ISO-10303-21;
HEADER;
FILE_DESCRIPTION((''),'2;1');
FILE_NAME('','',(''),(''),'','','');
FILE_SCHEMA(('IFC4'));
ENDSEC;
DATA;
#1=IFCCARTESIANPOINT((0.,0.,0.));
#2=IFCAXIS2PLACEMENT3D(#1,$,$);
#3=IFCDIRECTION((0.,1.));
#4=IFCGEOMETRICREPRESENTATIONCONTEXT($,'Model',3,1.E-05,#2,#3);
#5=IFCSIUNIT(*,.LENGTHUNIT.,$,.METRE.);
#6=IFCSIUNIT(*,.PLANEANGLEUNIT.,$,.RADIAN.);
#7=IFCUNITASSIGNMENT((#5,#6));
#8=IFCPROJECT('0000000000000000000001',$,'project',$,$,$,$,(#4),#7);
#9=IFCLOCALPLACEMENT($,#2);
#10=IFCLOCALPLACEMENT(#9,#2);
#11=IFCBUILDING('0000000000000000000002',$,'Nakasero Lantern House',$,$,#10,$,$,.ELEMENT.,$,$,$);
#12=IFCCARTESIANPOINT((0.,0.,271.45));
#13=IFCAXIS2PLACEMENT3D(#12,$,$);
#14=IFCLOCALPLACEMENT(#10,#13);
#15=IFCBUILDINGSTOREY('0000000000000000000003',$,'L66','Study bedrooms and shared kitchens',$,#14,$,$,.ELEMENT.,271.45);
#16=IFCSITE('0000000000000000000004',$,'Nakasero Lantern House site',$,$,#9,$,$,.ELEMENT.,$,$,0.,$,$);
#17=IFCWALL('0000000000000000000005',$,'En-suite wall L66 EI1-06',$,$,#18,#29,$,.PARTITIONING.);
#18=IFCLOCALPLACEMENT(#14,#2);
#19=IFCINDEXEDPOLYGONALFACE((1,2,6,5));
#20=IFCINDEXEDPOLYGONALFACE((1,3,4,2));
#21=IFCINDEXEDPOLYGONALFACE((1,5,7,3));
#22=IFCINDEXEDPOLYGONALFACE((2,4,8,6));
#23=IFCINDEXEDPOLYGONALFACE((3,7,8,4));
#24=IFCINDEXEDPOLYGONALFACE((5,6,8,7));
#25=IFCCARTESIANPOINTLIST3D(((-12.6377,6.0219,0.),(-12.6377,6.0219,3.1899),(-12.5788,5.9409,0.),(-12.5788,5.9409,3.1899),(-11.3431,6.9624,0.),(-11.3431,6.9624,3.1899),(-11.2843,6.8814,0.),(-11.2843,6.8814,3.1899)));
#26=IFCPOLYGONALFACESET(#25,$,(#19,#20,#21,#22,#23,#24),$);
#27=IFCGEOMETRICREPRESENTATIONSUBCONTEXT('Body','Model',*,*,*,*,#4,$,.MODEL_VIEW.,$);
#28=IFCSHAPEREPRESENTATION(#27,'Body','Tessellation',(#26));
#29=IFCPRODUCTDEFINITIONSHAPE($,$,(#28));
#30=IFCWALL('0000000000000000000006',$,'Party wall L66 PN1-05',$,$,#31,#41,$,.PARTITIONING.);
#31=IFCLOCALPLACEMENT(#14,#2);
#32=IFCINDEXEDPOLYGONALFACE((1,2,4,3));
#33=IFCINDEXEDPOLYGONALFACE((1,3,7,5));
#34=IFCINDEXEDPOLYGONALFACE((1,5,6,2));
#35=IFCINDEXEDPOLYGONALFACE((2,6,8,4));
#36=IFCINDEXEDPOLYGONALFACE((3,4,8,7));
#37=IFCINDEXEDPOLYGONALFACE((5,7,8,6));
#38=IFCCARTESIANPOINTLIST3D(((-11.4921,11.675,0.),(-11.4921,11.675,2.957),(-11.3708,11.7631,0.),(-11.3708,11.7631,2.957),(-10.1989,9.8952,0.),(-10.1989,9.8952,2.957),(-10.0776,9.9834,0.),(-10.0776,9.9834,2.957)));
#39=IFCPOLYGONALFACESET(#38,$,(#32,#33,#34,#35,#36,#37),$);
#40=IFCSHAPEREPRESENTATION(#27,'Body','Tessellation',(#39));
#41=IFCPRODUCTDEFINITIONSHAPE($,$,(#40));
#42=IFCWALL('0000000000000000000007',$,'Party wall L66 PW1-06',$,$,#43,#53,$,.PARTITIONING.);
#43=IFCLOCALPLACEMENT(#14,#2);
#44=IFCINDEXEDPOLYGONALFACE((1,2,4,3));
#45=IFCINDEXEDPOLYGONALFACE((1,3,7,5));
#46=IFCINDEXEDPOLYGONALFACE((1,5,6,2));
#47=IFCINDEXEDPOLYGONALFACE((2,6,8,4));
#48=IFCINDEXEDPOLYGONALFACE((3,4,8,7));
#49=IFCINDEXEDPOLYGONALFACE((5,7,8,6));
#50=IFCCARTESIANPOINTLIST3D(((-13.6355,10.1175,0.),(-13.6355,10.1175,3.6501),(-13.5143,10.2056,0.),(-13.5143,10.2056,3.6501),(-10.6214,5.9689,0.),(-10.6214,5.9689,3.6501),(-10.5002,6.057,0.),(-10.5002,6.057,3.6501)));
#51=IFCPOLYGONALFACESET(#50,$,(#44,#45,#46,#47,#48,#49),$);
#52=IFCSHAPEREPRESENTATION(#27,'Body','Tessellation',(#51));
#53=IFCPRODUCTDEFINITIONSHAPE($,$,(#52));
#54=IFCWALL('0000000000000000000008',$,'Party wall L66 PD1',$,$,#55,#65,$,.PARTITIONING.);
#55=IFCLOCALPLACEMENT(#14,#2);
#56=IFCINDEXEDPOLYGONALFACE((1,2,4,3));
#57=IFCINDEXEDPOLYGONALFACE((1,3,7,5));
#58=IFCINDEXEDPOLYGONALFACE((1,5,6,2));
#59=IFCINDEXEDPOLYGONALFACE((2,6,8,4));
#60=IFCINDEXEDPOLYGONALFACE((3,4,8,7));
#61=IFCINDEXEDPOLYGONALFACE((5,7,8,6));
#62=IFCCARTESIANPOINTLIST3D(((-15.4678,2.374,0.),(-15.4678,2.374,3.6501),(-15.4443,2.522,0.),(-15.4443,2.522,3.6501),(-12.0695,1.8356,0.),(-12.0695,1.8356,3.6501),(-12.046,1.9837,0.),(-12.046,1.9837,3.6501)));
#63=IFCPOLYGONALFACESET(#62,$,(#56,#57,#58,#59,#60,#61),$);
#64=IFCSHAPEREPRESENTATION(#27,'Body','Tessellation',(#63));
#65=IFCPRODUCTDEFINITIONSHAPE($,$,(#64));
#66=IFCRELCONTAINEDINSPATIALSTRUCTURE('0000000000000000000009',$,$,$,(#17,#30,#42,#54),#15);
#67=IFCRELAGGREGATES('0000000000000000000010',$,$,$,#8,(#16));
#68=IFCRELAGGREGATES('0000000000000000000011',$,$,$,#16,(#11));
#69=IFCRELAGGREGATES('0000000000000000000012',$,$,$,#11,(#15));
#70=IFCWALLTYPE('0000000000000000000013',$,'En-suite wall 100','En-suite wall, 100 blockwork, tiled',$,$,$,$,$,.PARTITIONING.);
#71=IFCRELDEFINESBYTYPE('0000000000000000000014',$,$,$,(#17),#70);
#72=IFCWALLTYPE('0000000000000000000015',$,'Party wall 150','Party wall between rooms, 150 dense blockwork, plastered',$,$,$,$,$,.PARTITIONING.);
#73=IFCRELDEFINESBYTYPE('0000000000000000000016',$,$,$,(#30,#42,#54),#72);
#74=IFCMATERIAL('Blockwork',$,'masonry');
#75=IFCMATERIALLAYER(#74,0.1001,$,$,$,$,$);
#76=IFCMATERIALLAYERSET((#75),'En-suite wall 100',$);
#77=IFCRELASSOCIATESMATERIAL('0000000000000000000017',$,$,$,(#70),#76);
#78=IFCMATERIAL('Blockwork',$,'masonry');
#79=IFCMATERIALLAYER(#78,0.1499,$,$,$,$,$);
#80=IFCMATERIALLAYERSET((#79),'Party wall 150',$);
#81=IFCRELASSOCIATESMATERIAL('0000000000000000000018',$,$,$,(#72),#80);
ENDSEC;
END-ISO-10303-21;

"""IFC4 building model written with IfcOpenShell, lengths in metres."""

from ifc_helpers import new_model, si_unit, direction, frame, frame_2d, origin, place, context, subcontext, project, spatial, rectangle, extrude, material, layer, layer_set, type_object, element, save


model = new_model("IFC4")

# Units and contexts
model_context = context("Model", 3, precision=1e-05, world=origin(), true_north=direction((0.0, 1.0)))
body_context = subcontext(model_context, "Body", "Model", "MODEL_VIEW")
ifc_project = project(units=[si_unit("LENGTHUNIT", "METRE"), si_unit("PLANEANGLEUNIT", "RADIAN")], contexts=[model_context])

# Site, building, storey
site_placement = place(None, origin())
site = spatial("IfcSite", under=ifc_project, at=site_placement, Name="Nakasero Lantern House site", CompositionType="ELEMENT", RefElevation=0.0)
building_placement = place(site_placement, origin())
building = spatial("IfcBuilding", under=site, at=building_placement, Name="Nakasero Lantern House", CompositionType="ELEMENT")
storey_placement = place(building_placement, frame((0.0, 0.0, 271.45)))
storey = spatial("IfcBuildingStorey", under=building, at=storey_placement, Name="L66", Description="Study bedrooms and shared kitchens", CompositionType="ELEMENT", Elevation=271.45)

# Shared definitions
ifc_material_1 = material(Name="Blockwork", Category="masonry")
ifc_layer_1 = layer(ifc_material_1, 0.1001)
ifc_layer_set_1 = layer_set([ifc_layer_1], Name="En-suite wall 100")
wall_type_1 = type_object("IfcWallType", Name="En-suite wall 100", Description="En-suite wall, 100 blockwork, tiled", PredefinedType="PARTITIONING", material=ifc_layer_set_1)

# Walls
wall_1_placement = place(storey_placement, frame((-11.3137, 6.9219, 0.0), z_axis=(0.0, 0.0, 1.0), x_axis=(-0.809026, -0.587772, 0.0)))
element("IfcWall", 1, at=wall_1_placement, inside=storey, type_object=wall_type_1, Name="En-suite wall L66 EI1-06", PredefinedType="PARTITIONING", context=body_context, shape_type="SweptSolid", body=[
    extrude(rectangle(XDim=1.6001, YDim=0.1001, at=frame_2d((0.8, 0.0))), origin(), (0.0, 0.0, 1.0), 3.1899),
])
ifc_material_2 = material(Name="Blockwork", Category="masonry")
ifc_layer_2 = layer(ifc_material_2, 0.1499)
ifc_layer_set_2 = layer_set([ifc_layer_2], Name="Party wall 150")
wall_type_2 = type_object("IfcWallType", Name="Party wall 150", Description="Party wall between rooms, 150 dense blockwork, plastered", PredefinedType="PARTITIONING", material=ifc_layer_set_2)
wall_2_placement = place(storey_placement, frame((-10.1382, 9.9392, 0.0), z_axis=(0.0, 0.0, 1.0), x_axis=(-0.587822, 0.80899, 0.0)))
element("IfcWall", 2, at=wall_2_placement, inside=storey, type_object=wall_type_2, Name="Party wall L66 PN1-05", PredefinedType="PARTITIONING", context=body_context, shape_type="SweptSolid", body=[
    extrude(rectangle(XDim=2.2, YDim=0.1499, at=frame_2d((1.1001, 0.0))), origin(), (0.0, 0.0, 1.0), 2.957),
])
wall_3_placement = place(storey_placement, frame((-10.5608, 6.0129, 0.0), z_axis=(0.0, 0.0, 1.0), x_axis=(-0.587781, 0.80902, 0.0)))
element("IfcWall", 3, at=wall_3_placement, inside=storey, type_object=wall_type_2, Name="Party wall L66 PW1-06", PredefinedType="PARTITIONING", context=body_context, shape_type="SweptSolid", body=[
    extrude(rectangle(XDim=5.1279, YDim=0.1499, at=frame_2d((2.564, 0.0))), origin(), (0.0, 0.0, 1.0), 3.6501),
])
wall_4_placement = place(storey_placement, frame((-12.0579, 1.9097, 0.0), z_axis=(0.0, 0.0, 1.0), x_axis=(-0.987683, 0.156465, 0.0)))
element("IfcWall", 4, at=wall_4_placement, inside=storey, type_object=wall_type_2, Name="Party wall L66 PD1", PredefinedType="PARTITIONING", context=body_context, shape_type="SweptSolid", body=[
    extrude(rectangle(XDim=3.4407, YDim=0.1499, at=frame_2d((1.7202, 0.0))), origin(), (0.0, 0.0, 1.0), 3.6501),
])

save(model, "model.ifc")
